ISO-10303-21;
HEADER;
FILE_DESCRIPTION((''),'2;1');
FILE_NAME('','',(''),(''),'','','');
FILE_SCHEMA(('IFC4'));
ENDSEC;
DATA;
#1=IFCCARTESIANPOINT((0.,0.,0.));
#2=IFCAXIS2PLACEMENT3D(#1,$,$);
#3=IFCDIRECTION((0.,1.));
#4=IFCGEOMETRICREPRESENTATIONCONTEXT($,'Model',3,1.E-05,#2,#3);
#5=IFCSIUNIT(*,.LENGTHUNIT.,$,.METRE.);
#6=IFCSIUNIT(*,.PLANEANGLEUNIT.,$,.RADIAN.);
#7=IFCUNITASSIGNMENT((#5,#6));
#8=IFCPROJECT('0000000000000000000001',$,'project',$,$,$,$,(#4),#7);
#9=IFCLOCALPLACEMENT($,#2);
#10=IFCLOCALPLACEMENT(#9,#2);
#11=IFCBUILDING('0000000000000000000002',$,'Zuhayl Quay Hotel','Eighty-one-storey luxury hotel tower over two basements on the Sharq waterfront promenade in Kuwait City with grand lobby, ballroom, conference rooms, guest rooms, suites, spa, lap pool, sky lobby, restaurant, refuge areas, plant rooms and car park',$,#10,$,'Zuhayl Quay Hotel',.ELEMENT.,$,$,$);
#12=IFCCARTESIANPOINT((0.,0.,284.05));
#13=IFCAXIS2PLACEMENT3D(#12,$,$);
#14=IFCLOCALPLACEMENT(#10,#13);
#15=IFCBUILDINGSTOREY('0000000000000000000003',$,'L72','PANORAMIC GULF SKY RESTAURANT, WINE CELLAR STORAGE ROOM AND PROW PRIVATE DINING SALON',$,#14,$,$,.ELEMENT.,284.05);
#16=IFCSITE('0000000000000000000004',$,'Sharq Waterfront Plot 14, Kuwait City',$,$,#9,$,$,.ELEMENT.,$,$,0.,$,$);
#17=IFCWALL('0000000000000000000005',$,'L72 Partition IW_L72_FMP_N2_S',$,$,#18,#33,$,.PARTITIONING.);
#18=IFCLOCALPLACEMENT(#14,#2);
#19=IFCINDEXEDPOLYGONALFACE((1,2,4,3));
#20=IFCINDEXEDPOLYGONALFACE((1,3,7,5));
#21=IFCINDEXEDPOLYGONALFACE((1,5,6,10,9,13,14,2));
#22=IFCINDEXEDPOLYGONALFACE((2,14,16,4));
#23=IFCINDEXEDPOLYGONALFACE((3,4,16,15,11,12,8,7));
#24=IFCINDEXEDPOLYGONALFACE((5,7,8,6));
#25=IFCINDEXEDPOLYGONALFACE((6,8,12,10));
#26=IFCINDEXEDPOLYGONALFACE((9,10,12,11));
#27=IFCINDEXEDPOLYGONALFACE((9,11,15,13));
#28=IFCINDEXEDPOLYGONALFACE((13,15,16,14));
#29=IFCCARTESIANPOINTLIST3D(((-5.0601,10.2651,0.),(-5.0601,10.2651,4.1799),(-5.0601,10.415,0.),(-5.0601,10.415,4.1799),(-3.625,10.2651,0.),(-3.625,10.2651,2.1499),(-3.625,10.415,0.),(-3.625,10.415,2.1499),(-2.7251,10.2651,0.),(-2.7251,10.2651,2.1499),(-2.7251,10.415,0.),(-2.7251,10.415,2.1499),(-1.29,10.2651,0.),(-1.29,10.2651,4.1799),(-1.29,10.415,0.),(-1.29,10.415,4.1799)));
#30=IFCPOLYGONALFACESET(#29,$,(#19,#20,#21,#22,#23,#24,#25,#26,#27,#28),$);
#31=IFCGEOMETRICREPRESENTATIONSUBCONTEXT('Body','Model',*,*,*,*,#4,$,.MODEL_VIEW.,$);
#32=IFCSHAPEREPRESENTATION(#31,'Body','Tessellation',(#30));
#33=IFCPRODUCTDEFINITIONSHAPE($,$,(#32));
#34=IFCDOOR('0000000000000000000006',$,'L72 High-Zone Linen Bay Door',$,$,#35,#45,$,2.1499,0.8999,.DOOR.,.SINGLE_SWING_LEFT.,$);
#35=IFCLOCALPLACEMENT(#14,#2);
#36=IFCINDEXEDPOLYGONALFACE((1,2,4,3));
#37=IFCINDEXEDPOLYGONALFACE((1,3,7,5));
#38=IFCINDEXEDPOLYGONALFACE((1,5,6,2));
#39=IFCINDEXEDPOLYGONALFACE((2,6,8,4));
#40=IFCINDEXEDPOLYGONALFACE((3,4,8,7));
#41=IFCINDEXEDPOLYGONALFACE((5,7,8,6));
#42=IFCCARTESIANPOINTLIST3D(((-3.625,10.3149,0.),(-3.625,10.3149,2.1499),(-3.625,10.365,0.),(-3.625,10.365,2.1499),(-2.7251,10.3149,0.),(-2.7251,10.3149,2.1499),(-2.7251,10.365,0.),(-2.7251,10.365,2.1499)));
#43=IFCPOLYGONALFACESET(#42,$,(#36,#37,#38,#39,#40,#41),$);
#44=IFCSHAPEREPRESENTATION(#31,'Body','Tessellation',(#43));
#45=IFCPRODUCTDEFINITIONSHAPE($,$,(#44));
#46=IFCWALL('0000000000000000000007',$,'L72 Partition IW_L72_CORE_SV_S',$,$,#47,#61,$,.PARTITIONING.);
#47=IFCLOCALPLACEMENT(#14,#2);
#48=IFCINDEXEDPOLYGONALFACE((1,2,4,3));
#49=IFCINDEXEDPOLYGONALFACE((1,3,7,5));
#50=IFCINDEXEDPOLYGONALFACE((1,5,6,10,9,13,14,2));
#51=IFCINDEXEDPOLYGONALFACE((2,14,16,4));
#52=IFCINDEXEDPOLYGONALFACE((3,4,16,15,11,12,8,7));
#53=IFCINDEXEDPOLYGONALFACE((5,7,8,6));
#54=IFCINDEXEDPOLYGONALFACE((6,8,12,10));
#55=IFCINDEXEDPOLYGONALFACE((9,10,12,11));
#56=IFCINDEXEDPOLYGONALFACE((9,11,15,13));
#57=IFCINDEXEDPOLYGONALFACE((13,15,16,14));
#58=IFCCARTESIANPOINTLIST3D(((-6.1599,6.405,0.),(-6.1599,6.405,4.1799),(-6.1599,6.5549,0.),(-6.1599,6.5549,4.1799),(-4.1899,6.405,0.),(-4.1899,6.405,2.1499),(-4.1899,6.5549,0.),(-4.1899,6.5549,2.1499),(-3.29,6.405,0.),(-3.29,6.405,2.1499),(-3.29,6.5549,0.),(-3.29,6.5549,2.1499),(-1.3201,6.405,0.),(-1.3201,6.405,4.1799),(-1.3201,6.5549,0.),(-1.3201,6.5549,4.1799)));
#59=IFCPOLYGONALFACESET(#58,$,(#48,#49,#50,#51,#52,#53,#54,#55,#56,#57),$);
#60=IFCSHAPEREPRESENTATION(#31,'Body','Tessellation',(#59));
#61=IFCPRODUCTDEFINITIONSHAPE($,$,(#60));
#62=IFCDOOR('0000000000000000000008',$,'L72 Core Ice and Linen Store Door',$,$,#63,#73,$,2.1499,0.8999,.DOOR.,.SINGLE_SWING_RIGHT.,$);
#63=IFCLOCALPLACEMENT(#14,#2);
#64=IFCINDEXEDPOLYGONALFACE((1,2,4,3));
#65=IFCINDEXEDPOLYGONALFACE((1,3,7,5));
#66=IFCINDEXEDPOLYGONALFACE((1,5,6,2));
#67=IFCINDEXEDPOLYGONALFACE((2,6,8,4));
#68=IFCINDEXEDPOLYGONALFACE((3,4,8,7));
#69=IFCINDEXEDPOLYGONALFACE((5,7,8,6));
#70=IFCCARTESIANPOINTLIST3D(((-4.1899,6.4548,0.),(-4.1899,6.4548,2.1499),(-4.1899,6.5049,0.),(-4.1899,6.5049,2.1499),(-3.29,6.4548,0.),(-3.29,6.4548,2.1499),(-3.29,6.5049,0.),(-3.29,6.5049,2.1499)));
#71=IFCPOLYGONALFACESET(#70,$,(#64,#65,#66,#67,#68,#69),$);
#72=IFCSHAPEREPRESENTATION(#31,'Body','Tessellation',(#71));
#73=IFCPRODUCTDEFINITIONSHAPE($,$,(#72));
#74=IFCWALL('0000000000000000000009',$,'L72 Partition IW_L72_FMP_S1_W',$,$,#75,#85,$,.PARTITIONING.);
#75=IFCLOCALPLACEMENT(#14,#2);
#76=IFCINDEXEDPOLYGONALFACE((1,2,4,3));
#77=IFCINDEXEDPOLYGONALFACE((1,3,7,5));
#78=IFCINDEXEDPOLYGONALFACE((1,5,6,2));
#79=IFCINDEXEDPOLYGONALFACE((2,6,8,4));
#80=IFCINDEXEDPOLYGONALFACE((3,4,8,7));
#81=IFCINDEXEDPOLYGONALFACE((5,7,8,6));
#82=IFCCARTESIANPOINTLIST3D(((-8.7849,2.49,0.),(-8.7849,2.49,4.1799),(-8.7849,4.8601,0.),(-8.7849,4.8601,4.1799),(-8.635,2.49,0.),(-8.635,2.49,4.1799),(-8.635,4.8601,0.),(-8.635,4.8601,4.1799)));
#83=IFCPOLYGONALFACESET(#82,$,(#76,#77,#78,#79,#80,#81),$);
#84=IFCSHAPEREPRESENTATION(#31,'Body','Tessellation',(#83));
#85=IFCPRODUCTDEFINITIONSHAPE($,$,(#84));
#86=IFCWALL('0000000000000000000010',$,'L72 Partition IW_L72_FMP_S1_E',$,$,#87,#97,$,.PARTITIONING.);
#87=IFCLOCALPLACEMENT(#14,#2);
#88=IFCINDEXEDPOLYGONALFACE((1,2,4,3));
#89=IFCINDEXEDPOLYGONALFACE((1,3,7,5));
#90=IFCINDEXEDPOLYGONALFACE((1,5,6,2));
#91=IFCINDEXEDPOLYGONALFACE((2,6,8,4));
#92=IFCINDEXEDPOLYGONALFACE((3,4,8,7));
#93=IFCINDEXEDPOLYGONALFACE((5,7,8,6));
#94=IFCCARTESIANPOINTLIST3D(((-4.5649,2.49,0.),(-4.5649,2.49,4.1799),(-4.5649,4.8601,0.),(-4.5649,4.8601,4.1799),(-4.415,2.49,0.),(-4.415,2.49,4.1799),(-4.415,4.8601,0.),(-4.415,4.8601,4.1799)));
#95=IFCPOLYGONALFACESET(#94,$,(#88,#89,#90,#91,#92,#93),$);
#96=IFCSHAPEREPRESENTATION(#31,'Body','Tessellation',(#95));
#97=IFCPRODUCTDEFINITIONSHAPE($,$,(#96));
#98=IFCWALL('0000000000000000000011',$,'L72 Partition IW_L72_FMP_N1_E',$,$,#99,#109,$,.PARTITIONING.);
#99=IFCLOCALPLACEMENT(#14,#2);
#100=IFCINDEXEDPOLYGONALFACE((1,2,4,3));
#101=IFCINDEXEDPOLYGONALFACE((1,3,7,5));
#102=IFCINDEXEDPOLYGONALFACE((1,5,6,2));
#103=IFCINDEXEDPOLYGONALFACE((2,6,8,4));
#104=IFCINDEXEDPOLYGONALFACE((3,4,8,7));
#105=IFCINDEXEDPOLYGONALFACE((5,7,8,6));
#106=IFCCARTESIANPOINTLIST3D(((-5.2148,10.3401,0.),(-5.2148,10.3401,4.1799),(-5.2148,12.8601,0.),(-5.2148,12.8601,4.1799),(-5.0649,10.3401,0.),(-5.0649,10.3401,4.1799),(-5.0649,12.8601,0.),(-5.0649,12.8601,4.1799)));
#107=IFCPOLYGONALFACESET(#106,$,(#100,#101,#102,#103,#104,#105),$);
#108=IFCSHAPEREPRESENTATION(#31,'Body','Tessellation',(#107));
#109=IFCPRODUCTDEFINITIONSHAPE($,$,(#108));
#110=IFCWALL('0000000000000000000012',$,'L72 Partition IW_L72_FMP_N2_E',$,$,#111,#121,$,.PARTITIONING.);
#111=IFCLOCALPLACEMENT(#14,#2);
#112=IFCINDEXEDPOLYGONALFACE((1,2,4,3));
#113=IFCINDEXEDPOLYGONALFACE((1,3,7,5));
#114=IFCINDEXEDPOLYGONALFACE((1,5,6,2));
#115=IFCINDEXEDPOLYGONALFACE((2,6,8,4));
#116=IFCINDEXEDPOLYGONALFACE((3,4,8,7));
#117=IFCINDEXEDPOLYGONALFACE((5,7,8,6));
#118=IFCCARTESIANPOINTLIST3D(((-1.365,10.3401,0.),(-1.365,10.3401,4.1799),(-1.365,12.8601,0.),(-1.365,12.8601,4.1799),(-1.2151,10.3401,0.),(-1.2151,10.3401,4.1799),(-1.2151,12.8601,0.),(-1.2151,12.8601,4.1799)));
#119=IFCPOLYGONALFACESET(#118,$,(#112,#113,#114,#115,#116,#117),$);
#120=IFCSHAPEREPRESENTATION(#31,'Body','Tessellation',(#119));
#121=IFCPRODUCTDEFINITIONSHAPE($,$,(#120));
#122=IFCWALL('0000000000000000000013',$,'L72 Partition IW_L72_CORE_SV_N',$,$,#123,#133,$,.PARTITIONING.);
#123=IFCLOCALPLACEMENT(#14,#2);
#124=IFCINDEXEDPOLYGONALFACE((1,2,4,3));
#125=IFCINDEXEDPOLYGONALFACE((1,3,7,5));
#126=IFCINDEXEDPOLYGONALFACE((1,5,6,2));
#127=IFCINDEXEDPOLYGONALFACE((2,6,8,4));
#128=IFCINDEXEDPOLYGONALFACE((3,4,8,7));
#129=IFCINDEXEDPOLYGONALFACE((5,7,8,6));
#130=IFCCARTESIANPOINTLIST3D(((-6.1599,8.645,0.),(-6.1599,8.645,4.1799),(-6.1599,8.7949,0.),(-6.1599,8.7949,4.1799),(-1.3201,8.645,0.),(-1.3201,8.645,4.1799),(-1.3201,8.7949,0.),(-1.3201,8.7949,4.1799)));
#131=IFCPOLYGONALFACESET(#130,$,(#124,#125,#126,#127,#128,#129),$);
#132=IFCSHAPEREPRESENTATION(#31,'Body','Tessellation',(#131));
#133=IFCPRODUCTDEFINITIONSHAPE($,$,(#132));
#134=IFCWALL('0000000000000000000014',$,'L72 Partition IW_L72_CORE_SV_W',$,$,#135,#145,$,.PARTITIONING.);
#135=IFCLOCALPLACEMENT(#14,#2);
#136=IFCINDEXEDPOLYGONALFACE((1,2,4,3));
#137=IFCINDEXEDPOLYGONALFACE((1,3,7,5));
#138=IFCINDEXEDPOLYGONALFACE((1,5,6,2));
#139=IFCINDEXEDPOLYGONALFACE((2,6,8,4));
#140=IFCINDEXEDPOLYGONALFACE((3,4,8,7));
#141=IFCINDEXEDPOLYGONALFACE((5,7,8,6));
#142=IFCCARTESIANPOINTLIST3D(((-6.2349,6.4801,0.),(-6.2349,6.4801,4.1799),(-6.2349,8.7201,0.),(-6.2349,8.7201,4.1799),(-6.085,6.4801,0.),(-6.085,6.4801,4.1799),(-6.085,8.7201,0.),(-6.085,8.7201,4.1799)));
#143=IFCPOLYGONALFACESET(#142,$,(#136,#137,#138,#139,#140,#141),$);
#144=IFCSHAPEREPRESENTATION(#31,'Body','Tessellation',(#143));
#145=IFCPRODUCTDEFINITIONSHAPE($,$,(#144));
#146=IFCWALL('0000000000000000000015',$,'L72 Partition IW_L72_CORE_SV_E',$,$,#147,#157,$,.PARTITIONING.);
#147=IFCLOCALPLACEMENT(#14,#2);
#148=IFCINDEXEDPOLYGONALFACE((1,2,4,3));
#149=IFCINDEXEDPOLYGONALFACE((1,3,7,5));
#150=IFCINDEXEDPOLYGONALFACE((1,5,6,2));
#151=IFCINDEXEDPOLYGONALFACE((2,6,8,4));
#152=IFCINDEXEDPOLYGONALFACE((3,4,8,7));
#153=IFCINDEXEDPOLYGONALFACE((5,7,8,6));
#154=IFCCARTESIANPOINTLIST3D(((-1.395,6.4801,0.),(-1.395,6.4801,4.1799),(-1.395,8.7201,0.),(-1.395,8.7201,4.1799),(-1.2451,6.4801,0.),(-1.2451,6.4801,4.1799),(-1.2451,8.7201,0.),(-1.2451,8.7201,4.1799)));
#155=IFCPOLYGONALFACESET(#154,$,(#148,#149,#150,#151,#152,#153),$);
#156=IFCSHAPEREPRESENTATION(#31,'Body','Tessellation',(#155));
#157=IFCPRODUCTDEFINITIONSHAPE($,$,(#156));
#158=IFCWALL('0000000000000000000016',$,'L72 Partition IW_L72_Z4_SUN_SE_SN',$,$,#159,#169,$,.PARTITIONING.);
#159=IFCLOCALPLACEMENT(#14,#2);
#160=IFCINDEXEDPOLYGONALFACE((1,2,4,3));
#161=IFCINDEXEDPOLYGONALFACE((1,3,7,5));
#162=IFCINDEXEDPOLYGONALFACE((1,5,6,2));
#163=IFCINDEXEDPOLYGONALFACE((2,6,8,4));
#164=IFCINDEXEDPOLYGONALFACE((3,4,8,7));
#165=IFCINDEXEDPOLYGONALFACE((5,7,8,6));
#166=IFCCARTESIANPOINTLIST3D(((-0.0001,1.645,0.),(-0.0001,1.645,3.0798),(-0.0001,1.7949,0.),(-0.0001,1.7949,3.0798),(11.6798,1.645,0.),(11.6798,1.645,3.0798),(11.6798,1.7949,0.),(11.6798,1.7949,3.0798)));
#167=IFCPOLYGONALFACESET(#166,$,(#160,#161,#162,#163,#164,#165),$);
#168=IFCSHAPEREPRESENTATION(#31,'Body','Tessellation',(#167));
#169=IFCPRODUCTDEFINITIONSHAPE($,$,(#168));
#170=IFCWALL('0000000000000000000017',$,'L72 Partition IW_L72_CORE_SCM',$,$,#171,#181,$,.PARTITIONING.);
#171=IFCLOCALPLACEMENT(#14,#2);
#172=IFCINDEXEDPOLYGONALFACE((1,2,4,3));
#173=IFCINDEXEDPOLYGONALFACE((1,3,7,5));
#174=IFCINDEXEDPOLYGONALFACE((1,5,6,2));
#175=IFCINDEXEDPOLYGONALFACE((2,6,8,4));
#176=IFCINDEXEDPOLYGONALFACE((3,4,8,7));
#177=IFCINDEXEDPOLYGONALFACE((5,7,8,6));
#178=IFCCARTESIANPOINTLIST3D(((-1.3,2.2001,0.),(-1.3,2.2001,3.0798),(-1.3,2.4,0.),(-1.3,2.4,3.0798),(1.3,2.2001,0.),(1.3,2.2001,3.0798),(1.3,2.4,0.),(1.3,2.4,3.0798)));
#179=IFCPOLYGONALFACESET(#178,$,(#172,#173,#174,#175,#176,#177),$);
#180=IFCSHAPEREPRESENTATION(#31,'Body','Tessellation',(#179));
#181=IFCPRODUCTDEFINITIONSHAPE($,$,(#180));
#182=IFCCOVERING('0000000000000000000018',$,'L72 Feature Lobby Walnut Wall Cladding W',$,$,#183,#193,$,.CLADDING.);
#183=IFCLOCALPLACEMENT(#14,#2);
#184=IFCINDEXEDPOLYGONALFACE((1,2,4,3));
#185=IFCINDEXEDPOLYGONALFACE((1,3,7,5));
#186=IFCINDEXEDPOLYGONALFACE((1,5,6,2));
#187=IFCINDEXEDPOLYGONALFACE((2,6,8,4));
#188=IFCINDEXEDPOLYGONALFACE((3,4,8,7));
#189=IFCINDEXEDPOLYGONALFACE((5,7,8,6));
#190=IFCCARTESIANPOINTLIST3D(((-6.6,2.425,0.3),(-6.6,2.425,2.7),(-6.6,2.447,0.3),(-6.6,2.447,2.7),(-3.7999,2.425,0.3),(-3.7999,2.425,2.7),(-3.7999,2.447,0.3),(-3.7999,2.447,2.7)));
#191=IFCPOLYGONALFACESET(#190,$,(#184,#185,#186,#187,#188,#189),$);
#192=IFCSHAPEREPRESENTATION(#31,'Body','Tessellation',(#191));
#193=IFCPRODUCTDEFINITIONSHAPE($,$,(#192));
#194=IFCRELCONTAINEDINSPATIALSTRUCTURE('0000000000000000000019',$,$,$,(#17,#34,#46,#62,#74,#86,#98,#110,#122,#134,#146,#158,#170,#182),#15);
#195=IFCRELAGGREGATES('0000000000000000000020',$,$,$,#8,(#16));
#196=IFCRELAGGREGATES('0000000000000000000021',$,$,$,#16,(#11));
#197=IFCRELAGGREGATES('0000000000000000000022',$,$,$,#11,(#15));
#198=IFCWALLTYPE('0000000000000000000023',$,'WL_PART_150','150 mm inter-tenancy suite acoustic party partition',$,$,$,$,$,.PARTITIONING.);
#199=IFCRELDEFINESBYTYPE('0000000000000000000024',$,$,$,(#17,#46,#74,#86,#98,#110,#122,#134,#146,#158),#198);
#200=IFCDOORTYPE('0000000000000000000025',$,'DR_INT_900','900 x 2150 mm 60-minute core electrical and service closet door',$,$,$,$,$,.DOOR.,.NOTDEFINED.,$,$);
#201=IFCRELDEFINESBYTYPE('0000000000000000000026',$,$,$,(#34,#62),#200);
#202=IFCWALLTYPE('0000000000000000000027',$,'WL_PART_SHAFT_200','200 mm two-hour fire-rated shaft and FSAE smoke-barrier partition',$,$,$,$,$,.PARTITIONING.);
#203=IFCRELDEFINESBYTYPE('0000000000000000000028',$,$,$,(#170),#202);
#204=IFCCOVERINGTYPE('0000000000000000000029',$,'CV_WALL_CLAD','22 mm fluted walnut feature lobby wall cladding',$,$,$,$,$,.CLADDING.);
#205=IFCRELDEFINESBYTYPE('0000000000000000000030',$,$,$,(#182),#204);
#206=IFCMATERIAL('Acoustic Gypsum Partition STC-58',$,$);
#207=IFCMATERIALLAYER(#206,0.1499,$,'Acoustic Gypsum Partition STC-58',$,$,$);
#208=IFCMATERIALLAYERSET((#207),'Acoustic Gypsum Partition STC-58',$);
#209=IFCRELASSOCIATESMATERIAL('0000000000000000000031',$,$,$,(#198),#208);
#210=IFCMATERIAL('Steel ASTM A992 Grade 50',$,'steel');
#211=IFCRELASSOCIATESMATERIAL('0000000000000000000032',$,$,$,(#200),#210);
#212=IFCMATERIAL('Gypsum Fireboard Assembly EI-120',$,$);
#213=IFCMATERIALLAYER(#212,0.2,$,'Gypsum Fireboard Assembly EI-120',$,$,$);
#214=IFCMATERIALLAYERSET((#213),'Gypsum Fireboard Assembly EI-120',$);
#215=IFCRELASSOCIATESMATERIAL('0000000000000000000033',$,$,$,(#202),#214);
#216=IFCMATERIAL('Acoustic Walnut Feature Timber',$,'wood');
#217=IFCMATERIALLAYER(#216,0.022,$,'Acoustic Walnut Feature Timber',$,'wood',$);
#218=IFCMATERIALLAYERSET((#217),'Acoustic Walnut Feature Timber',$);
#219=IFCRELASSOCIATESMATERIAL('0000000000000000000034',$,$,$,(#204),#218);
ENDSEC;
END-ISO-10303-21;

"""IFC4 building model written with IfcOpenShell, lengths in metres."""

from ifc_helpers import new_model, si_unit, direction, frame, frame_2d, origin, origin_2d, place, context, subcontext, project, spatial, rectangle, extrude, material, layer, layer_set, type_object, element, fill, save


model = new_model("IFC4")

# Units and contexts
model_context = context("Model", 3, precision=1e-05, world=origin(), true_north=direction((0.0, 1.0)))
body_context = subcontext(model_context, "Body", "Model", "MODEL_VIEW")
ifc_project = project(units=[si_unit("LENGTHUNIT", "METRE"), si_unit("PLANEANGLEUNIT", "RADIAN")], contexts=[model_context])

# Site, building, storey
site_placement = place(None, origin())
site = spatial("IfcSite", under=ifc_project, at=site_placement, Name="Sharq Waterfront Plot 14, Kuwait City", CompositionType="ELEMENT", RefElevation=0.0)
building_placement = place(site_placement, origin())
building = spatial("IfcBuilding", under=site, at=building_placement, Name="Zuhayl Quay Hotel", Description="Eighty-one-storey luxury hotel tower over two basements on the Sharq waterfront promenade in Kuwait City with grand lobby, ballroom, conference rooms, guest rooms, suites, spa, lap pool, sky lobby, restaurant, refuge areas, plant rooms and car park", LongName="Zuhayl Quay Hotel", CompositionType="ELEMENT")
storey_placement = place(building_placement, frame((0.0, 0.0, 284.05)))
storey = spatial("IfcBuildingStorey", under=building, at=storey_placement, Name="L72", Description="PANORAMIC GULF SKY RESTAURANT, WINE CELLAR STORAGE ROOM AND PROW PRIVATE DINING SALON", CompositionType="ELEMENT", Elevation=284.05)

# Shared definitions
ifc_material_1 = material(Name="Steel ASTM A992 Grade 50", Category="steel")

# Walls, openings, doors
ifc_material_2 = material(Name="Acoustic Gypsum Partition STC-58")
ifc_layer_1 = layer(ifc_material_2, 0.1499, Name="Acoustic Gypsum Partition STC-58")
ifc_layer_set_1 = layer_set([ifc_layer_1], Name="Acoustic Gypsum Partition STC-58")
wall_type_1 = type_object("IfcWallType", Name="WL_PART_150", Description="150 mm inter-tenancy suite acoustic party partition", PredefinedType="PARTITIONING", material=ifc_layer_set_1)
door_type = type_object("IfcDoorType", Name="DR_INT_900", Description="900 x 2150 mm 60-minute core electrical and service closet door", OperationType="NOTDEFINED", PredefinedType="DOOR", material=ifc_material_1)
wall_1_placement = place(storey_placement, frame((-5.0601, 10.3401, 0.0), z_axis=(0.0, 0.0, 1.0), x_axis=(1.0, 0.0, 0.0)))
wall_1 = element("IfcWall", 1, at=wall_1_placement, inside=storey, type_object=wall_type_1, Name="L72 Partition IW_L72_FMP_N2_S", PredefinedType="PARTITIONING", context=body_context, shape_type="SweptSolid", body=[
    extrude(rectangle(XDim=3.77, YDim=0.1499, at=frame_2d((1.885, 0.0))), origin(), (0.0, 0.0, 1.0), 4.1799),
])
opening_1_placement = place(wall_1_placement, frame((1.4351, 0.0, 0.0)))
opening_1 = element("IfcOpeningElement", 2, at=opening_1_placement, cuts=wall_1, PredefinedType="OPENING", context=body_context, shape_type="SweptSolid", body=[
    extrude(rectangle(XDim=0.8999, YDim=2.1499, at=frame_2d((0.45, 1.075))), frame((0.0, 0.085, 0.0), z_axis=(0.0, -1.0, 0.0), x_axis=(1.0, 0.0, 0.0)), (0.0, 0.0, 1.0), 0.1699),
])
door_1_placement = place(opening_1_placement, origin())
door_1 = element("IfcDoor", 3, at=door_1_placement, inside=storey, type_object=door_type, Name="L72 High-Zone Linen Bay Door", OperationType="SINGLE_SWING_LEFT", OverallHeight=2.1499, OverallWidth=0.8999, PredefinedType="DOOR", context=body_context, shape_type="SweptSolid", body=[
    extrude(rectangle(XDim=0.8999, YDim=2.1499, at=frame_2d((0.45, 1.075))), frame((0.0, 0.0249, 0.0), z_axis=(0.0, -1.0, 0.0), x_axis=(1.0, 0.0, 0.0)), (0.0, 0.0, 1.0), 0.05),
])
fill(opening_1, door_1)
wall_2_placement = place(storey_placement, frame((-6.1599, 6.48, 0.0), z_axis=(0.0, 0.0, 1.0), x_axis=(1.0, 0.0, 0.0)))
wall_2 = element("IfcWall", 4, at=wall_2_placement, inside=storey, type_object=wall_type_1, Name="L72 Partition IW_L72_CORE_SV_S", PredefinedType="PARTITIONING", context=body_context, shape_type="SweptSolid", body=[
    extrude(rectangle(XDim=4.8398, YDim=0.1499, at=frame_2d((2.4199, 0.0))), origin(), (0.0, 0.0, 1.0), 4.1799),
])
opening_2_placement = place(wall_2_placement, frame((1.97, 0.0, 0.0)))
opening_2 = element("IfcOpeningElement", 5, at=opening_2_placement, cuts=wall_2, PredefinedType="OPENING", context=body_context, shape_type="SweptSolid", body=[
    extrude(rectangle(XDim=0.8999, YDim=2.1499, at=frame_2d((0.45, 1.075))), frame((0.0, 0.085, 0.0), z_axis=(0.0, -1.0, 0.0), x_axis=(1.0, 0.0, 0.0)), (0.0, 0.0, 1.0), 0.1699),
])
door_2_placement = place(opening_2_placement, origin())
door_2 = element("IfcDoor", 6, at=door_2_placement, inside=storey, type_object=door_type, Name="L72 Core Ice and Linen Store Door", OperationType="SINGLE_SWING_RIGHT", OverallHeight=2.1499, OverallWidth=0.8999, PredefinedType="DOOR", context=body_context, shape_type="SweptSolid", body=[
    extrude(rectangle(XDim=0.8999, YDim=2.1499, at=frame_2d((0.45, 1.075))), frame((0.0, 0.0249, 0.0), z_axis=(0.0, -1.0, 0.0), x_axis=(1.0, 0.0, 0.0)), (0.0, 0.0, 1.0), 0.05),
])
fill(opening_2, door_2)

# Walls
for number, where, z_axis, x_axis, name in (
    (7, (-8.71, 2.49, 0.0), (0.0, 0.0, 1.0), (0.0, 1.0, 0.0), "L72 Partition IW_L72_FMP_S1_W"),
    (8, (-4.49, 2.49, 0.0), (0.0, 0.0, 1.0), (0.0, 1.0, 0.0), "L72 Partition IW_L72_FMP_S1_E"),
):
    element("IfcWall", number, at=place(storey_placement, frame(where, z_axis=z_axis, x_axis=x_axis)), inside=storey, type_object=wall_type_1, Name=name, PredefinedType="PARTITIONING", context=body_context, shape_type="SweptSolid", body=[
        extrude(rectangle(XDim=2.3701, YDim=0.1499, at=frame_2d((1.1851, 0.0))), origin(), (0.0, 0.0, 1.0), 4.1799),
    ])
for number, where, z_axis, x_axis, name in (
    (9, (-5.1399, 10.3401, 0.0), (0.0, 0.0, 1.0), (0.0, 1.0, 0.0), "L72 Partition IW_L72_FMP_N1_E"),
    (10, (-1.29, 10.3401, 0.0), (0.0, 0.0, 1.0), (0.0, 1.0, 0.0), "L72 Partition IW_L72_FMP_N2_E"),
):
    element("IfcWall", number, at=place(storey_placement, frame(where, z_axis=z_axis, x_axis=x_axis)), inside=storey, type_object=wall_type_1, Name=name, PredefinedType="PARTITIONING", context=body_context, shape_type="SweptSolid", body=[
        extrude(rectangle(XDim=2.52, YDim=0.1499, at=frame_2d((1.26, 0.0))), origin(), (0.0, 0.0, 1.0), 4.1799),
    ])
wall_3_placement = place(storey_placement, frame((-6.1599, 8.72, 0.0), z_axis=(0.0, 0.0, 1.0), x_axis=(1.0, 0.0, 0.0)))
element("IfcWall", 11, at=wall_3_placement, inside=storey, type_object=wall_type_1, Name="L72 Partition IW_L72_CORE_SV_N", PredefinedType="PARTITIONING", context=body_context, shape_type="SweptSolid", body=[
    extrude(rectangle(XDim=4.8398, YDim=0.1499, at=frame_2d((2.4199, 0.0))), origin(), (0.0, 0.0, 1.0), 4.1799),
])
for number, where, z_axis, x_axis, name in (
    (12, (-6.1599, 6.48, 0.0), (0.0, 0.0, 1.0), (0.0, 1.0, 0.0), "L72 Partition IW_L72_CORE_SV_W"),
    (13, (-1.3201, 6.48, 0.0), (0.0, 0.0, 1.0), (0.0, 1.0, 0.0), "L72 Partition IW_L72_CORE_SV_E"),
):
    element("IfcWall", number, at=place(storey_placement, frame(where, z_axis=z_axis, x_axis=x_axis)), inside=storey, type_object=wall_type_1, Name=name, PredefinedType="PARTITIONING", context=body_context, shape_type="SweptSolid", body=[
        extrude(rectangle(XDim=2.24, YDim=0.1499, at=frame_2d((1.1201, 0.0))), origin(), (0.0, 0.0, 1.0), 4.1799),
    ])
wall_4_placement = place(storey_placement, frame((0.0, 1.72, 0.0), z_axis=(0.0, 0.0, 1.0), x_axis=(1.0, 0.0, 0.0)))
element("IfcWall", 14, at=wall_4_placement, inside=storey, type_object=wall_type_1, Name="L72 Partition IW_L72_Z4_SUN_SE_SN", PredefinedType="PARTITIONING", context=body_context, shape_type="SweptSolid", body=[
    extrude(rectangle(XDim=11.6799, YDim=0.1499, at=frame_2d((5.8398, 0.0))), origin(), (0.0, 0.0, 1.0), 3.0798),
])
ifc_material_3 = material(Name="Gypsum Fireboard Assembly EI-120")
ifc_layer_2 = layer(ifc_material_3, 0.2, Name="Gypsum Fireboard Assembly EI-120")
ifc_layer_set_2 = layer_set([ifc_layer_2], Name="Gypsum Fireboard Assembly EI-120")
wall_type_2 = type_object("IfcWallType", Name="WL_PART_SHAFT_200", Description="200 mm two-hour fire-rated shaft and FSAE smoke-barrier partition", PredefinedType="PARTITIONING", material=ifc_layer_set_2)
wall_5_placement = place(storey_placement, frame((-1.3, 2.3, 0.0), z_axis=(0.0, 0.0, 1.0), x_axis=(1.0, 0.0, 0.0)))
element("IfcWall", 15, at=wall_5_placement, inside=storey, type_object=wall_type_2, Name="L72 Partition IW_L72_CORE_SCM", PredefinedType="PARTITIONING", context=body_context, shape_type="SweptSolid", body=[
    extrude(rectangle(XDim=2.6001, YDim=0.2, at=frame_2d((1.3, 0.0))), origin(), (0.0, 0.0, 1.0), 3.0798),
])

# Covering
ifc_material_4 = material(Name="Acoustic Walnut Feature Timber", Category="wood")
ifc_layer_3 = layer(ifc_material_4, 0.022, Name="Acoustic Walnut Feature Timber", Category="wood")
ifc_layer_set_3 = layer_set([ifc_layer_3], Name="Acoustic Walnut Feature Timber")
covering_type = type_object("IfcCoveringType", Name="CV_WALL_CLAD", Description="22 mm fluted walnut feature lobby wall cladding", PredefinedType="CLADDING", material=ifc_layer_set_3)
covering_placement = place(storey_placement, frame((-5.2, 2.436, 0.3), z_axis=(0.0, 0.0, 1.0), x_axis=(1.0, 0.0, 0.0)))
element("IfcCovering", 16, at=covering_placement, inside=storey, type_object=covering_type, Name="L72 Feature Lobby Walnut Wall Cladding W", PredefinedType="CLADDING", context=body_context, shape_type="SweptSolid", body=[
    extrude(rectangle(XDim=2.8, YDim=0.022, at=origin_2d()), origin(), (0.0, 0.0, 1.0), 2.3999),
])

save(model, "model.ifc")
